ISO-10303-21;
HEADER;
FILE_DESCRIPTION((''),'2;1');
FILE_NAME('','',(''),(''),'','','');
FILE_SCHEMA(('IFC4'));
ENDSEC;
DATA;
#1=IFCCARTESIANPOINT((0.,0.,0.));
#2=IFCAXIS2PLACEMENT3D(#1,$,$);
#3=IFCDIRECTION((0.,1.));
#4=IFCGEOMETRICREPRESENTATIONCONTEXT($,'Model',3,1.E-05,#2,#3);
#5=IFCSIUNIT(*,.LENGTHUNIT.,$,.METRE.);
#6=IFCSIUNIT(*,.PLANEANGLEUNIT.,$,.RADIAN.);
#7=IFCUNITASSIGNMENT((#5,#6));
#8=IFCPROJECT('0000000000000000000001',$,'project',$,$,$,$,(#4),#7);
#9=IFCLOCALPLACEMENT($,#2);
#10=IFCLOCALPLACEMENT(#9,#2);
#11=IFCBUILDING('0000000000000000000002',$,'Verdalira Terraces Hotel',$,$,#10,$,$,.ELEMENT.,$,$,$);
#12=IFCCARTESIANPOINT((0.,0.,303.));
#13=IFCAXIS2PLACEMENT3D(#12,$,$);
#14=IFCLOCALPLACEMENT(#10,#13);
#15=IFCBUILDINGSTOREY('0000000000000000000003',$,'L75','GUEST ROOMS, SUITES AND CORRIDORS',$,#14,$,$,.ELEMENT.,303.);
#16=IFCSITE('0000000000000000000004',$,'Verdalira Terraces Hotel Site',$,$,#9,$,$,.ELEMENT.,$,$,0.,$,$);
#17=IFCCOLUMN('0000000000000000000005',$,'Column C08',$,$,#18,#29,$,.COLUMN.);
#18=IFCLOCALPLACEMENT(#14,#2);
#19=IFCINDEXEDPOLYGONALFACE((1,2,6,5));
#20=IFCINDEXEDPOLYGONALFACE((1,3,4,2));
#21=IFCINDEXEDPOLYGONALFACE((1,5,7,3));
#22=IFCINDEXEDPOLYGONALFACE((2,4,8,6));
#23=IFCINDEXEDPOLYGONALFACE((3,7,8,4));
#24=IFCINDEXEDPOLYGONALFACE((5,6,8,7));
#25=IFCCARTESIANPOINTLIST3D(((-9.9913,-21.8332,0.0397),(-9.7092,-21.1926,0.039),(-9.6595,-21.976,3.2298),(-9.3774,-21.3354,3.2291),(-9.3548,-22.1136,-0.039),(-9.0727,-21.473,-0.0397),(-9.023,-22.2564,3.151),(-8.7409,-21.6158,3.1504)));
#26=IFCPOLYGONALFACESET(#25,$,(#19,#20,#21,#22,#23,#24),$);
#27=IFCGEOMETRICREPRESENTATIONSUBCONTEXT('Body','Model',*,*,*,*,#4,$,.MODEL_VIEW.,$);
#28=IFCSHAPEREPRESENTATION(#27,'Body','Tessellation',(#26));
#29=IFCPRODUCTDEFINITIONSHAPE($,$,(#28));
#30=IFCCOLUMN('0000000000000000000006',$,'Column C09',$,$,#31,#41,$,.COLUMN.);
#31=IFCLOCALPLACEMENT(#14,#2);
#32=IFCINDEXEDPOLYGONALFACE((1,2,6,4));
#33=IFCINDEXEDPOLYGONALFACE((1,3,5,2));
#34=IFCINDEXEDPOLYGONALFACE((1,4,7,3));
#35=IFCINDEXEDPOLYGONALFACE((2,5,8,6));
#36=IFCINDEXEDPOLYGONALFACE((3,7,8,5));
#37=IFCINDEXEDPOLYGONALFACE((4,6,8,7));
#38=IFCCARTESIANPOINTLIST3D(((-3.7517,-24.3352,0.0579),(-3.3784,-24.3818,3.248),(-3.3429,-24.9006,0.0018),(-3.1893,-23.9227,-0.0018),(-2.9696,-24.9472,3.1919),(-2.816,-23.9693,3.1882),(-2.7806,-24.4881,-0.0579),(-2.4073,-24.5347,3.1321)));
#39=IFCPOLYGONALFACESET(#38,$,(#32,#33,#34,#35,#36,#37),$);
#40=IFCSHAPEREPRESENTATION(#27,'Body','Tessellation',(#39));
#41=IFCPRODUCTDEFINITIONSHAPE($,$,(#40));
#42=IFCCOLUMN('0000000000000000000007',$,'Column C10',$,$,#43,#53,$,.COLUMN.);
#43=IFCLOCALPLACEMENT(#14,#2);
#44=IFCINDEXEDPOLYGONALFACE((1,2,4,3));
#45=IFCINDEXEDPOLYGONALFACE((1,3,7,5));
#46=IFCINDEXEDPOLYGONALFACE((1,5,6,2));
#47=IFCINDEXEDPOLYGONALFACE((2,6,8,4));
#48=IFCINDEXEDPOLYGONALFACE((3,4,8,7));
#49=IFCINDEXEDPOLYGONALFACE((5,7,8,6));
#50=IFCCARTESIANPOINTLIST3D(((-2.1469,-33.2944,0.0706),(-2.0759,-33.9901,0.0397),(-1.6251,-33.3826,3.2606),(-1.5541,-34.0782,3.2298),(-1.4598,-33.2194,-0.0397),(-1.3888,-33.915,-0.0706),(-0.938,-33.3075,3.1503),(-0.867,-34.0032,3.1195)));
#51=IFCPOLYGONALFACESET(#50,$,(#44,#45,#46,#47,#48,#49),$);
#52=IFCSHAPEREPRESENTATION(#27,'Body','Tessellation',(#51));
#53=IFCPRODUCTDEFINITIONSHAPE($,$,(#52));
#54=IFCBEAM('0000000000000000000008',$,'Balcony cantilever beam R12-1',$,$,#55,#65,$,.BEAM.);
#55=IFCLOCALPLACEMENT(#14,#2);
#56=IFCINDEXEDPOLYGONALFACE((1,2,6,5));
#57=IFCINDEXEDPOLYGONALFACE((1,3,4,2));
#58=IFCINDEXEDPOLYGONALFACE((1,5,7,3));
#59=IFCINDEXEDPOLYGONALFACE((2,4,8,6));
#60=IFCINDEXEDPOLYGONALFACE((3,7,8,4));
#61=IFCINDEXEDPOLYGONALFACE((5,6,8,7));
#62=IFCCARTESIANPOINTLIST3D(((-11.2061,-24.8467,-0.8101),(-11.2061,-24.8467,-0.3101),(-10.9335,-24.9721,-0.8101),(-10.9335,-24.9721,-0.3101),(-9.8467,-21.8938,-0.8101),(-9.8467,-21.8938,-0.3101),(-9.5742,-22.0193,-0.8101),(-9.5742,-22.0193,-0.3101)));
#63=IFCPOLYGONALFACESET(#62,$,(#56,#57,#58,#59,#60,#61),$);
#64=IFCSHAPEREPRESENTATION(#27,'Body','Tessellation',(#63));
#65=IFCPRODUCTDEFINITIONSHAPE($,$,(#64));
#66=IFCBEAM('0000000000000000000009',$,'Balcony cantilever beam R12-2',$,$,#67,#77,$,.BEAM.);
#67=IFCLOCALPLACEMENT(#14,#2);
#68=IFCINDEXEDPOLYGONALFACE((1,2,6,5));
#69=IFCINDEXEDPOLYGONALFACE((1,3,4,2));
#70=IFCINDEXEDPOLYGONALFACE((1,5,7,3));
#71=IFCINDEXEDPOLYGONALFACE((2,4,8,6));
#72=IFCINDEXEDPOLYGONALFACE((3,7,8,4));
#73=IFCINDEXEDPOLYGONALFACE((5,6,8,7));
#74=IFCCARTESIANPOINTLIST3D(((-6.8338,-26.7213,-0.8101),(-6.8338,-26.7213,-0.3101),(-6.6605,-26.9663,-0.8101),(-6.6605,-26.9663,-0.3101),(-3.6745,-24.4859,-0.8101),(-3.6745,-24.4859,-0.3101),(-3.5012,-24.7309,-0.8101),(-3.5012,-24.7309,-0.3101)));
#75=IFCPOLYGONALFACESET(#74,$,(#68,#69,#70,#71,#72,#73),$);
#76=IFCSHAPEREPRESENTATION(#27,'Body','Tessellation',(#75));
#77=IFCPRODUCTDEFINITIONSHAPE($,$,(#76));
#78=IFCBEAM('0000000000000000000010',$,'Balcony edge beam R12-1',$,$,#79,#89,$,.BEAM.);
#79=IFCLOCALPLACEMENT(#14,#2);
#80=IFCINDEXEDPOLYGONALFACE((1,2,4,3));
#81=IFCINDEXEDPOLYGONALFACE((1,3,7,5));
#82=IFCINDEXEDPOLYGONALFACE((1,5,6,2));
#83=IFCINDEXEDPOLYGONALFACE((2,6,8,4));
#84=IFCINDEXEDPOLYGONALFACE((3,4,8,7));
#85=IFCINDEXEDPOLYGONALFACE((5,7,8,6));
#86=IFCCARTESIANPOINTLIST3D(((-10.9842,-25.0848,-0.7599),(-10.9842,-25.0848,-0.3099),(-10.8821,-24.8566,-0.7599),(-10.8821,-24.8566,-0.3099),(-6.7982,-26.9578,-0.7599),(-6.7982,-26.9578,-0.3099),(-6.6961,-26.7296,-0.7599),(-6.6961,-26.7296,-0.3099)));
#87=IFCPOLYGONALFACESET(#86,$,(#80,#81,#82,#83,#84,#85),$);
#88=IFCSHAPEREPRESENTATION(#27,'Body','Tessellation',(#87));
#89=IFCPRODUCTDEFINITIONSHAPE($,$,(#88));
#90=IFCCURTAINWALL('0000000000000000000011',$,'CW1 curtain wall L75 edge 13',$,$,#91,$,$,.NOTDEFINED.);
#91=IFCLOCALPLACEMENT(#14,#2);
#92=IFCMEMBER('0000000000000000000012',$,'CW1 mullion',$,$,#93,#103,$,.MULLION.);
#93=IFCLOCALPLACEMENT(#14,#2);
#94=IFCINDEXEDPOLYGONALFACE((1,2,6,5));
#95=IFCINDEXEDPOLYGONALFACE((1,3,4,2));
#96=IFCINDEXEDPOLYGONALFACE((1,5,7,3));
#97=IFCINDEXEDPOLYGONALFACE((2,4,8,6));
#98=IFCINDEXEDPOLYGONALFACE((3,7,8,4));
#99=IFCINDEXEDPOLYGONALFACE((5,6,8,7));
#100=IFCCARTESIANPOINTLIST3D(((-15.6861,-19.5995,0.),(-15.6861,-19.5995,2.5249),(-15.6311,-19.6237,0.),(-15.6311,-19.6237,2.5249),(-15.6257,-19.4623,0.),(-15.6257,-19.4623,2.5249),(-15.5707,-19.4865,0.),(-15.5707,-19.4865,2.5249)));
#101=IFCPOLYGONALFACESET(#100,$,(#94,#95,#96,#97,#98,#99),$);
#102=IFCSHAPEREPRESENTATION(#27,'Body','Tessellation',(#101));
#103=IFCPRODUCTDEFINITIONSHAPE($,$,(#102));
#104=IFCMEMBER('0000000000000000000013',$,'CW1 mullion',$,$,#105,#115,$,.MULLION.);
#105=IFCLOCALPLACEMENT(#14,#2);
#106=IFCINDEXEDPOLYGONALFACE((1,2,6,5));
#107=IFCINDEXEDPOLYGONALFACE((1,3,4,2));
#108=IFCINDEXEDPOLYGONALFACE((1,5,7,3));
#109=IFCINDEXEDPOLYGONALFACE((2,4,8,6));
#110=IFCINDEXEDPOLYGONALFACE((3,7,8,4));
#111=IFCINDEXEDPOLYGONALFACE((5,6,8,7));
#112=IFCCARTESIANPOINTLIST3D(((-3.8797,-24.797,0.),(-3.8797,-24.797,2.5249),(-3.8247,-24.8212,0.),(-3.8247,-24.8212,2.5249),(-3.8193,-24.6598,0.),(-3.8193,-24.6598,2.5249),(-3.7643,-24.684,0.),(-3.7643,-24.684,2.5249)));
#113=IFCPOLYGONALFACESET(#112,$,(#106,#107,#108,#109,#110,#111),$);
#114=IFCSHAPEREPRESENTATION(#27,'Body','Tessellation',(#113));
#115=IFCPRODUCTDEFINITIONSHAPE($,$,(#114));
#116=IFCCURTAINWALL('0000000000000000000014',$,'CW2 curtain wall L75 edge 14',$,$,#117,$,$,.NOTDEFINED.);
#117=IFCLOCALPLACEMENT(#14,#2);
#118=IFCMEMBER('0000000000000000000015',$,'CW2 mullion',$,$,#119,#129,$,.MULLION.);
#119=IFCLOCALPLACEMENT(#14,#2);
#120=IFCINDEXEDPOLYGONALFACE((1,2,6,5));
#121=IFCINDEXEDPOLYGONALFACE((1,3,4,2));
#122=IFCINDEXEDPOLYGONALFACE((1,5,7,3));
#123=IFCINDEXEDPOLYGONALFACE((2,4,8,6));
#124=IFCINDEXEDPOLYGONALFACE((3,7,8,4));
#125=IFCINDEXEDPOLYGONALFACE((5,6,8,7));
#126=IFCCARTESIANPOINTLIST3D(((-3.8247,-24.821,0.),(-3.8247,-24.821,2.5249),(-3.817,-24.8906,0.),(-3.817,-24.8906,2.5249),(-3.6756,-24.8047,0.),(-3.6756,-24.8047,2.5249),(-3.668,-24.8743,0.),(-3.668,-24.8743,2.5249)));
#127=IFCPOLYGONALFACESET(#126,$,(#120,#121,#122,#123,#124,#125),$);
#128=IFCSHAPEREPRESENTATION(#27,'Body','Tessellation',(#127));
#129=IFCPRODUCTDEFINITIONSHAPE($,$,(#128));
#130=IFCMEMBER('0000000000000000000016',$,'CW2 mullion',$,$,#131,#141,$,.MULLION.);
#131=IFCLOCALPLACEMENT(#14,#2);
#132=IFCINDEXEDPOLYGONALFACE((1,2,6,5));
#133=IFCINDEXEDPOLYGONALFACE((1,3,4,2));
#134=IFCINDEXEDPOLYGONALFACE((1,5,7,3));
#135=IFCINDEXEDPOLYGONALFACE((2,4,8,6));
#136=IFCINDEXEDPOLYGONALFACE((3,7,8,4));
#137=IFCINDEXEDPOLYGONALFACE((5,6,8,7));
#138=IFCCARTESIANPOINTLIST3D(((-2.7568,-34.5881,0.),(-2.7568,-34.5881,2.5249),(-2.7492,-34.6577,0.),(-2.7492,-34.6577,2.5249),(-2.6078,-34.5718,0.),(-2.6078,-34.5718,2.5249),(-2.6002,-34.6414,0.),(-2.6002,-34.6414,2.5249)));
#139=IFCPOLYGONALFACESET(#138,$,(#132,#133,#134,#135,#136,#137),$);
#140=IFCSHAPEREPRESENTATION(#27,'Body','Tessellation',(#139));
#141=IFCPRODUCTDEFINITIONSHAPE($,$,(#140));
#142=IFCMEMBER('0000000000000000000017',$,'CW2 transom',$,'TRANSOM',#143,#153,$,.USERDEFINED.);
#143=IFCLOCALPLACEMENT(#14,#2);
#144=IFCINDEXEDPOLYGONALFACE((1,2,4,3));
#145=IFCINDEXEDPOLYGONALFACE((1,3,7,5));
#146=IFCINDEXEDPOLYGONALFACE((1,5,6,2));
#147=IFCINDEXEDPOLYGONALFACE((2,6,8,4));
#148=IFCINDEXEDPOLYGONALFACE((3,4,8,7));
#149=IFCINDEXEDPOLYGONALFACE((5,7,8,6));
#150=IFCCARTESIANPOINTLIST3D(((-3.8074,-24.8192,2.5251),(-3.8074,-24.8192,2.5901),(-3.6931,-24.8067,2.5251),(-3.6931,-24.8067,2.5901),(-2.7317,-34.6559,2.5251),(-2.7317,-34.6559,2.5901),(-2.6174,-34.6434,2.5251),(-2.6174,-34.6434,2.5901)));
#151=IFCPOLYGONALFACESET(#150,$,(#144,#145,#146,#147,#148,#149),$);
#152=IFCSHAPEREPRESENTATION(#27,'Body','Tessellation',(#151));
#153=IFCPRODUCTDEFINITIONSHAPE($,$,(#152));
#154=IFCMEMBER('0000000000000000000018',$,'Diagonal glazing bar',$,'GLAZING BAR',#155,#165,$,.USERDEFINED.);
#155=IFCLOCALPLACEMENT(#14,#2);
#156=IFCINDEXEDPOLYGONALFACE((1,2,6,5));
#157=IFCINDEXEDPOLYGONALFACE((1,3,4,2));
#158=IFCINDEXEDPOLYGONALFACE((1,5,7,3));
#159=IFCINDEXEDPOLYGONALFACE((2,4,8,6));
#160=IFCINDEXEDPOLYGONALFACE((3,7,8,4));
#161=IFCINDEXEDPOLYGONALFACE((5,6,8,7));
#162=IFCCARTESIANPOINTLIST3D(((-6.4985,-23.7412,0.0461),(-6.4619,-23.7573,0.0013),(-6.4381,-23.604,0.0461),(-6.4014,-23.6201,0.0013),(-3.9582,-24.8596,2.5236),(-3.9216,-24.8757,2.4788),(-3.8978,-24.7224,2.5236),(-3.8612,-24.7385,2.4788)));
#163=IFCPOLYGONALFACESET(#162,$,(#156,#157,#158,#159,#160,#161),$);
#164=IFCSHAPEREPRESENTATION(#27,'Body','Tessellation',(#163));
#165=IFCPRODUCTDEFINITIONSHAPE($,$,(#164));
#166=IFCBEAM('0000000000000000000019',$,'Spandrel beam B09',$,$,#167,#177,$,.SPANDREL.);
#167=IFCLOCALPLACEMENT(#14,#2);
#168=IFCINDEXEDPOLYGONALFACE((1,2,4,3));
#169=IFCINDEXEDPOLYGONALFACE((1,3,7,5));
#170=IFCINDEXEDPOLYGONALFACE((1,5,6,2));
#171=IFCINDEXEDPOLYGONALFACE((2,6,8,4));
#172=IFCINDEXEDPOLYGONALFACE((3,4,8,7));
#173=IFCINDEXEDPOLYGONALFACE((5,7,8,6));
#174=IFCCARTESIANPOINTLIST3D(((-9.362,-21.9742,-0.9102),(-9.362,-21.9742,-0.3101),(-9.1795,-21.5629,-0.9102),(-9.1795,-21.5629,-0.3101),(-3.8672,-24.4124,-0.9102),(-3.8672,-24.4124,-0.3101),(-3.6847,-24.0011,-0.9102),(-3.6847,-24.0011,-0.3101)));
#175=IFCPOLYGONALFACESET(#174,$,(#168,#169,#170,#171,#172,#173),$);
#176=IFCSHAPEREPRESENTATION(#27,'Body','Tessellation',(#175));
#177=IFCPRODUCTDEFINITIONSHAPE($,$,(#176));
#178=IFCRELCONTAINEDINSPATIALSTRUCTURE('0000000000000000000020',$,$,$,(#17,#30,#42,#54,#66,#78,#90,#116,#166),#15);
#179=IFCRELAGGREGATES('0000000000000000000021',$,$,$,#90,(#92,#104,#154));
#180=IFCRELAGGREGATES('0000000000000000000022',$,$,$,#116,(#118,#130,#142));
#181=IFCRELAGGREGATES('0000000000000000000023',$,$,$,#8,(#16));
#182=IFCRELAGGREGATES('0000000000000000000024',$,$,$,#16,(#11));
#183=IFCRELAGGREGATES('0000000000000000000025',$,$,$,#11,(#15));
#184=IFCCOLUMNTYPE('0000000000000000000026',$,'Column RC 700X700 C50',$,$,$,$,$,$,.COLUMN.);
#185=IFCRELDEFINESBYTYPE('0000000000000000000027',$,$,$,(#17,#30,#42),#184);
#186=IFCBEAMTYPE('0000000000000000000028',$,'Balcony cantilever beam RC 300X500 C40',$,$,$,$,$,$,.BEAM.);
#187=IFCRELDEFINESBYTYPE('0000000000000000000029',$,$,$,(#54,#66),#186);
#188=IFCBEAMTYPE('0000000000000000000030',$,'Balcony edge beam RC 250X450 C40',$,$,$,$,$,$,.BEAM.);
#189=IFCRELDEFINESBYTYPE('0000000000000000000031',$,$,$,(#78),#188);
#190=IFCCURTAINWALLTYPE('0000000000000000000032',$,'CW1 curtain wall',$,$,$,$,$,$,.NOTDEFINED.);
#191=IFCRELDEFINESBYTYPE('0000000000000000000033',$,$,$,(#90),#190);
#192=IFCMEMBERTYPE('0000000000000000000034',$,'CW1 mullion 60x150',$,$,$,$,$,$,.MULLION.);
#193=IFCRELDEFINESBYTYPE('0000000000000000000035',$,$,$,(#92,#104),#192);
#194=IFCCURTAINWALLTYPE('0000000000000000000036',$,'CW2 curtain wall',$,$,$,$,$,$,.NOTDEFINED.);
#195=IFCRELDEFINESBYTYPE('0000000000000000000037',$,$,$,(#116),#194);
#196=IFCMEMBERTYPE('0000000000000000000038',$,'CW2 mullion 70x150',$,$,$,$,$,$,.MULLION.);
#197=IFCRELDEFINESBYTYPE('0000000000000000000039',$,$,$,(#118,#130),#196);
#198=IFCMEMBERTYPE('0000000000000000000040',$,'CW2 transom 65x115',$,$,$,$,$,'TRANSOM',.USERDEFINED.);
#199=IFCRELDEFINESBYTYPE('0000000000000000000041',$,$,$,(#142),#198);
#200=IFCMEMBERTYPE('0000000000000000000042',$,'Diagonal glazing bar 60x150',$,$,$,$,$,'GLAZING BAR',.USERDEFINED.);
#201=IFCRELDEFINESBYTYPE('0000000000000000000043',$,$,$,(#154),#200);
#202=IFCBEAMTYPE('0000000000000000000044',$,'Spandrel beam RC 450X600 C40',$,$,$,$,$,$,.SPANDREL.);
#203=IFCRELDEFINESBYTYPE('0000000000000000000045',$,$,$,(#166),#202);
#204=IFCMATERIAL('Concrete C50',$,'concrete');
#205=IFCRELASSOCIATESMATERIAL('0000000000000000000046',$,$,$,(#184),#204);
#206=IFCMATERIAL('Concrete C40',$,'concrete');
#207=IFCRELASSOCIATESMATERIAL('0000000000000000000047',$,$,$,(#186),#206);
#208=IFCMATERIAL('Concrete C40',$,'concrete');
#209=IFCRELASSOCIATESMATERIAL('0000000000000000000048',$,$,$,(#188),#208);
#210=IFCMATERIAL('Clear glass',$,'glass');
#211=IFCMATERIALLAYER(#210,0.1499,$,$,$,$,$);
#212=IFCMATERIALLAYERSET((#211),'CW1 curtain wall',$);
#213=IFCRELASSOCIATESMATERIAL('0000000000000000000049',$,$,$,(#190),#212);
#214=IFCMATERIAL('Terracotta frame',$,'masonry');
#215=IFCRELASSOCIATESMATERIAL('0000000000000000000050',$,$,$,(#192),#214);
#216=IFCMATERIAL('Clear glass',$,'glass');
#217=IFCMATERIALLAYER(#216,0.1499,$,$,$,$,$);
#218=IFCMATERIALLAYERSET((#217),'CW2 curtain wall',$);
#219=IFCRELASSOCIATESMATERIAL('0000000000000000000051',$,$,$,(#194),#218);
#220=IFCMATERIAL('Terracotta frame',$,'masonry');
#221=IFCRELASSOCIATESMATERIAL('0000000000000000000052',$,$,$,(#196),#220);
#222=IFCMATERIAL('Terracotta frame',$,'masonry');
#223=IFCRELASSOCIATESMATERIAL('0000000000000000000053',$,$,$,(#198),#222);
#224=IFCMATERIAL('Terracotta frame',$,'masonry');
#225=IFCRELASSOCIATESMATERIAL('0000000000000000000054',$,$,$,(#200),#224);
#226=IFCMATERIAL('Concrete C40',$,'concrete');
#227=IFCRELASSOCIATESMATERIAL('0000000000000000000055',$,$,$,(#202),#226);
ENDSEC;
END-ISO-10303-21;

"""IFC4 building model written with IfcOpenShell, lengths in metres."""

from ifc_helpers import new_model, si_unit, direction, frame, origin, origin_2d, place, context, subcontext, project, spatial, rectangle, extrude, material, layer, layer_set, material_profile, profile_set, type_object, element, aggregate, save


model = new_model("IFC4")

# Units and contexts
model_context = context("Model", 3, precision=1e-05, world=origin(), true_north=direction((0.0, 1.0)))
body_context = subcontext(model_context, "Body", "Model", "MODEL_VIEW")
ifc_project = project(units=[si_unit("LENGTHUNIT", "METRE"), si_unit("PLANEANGLEUNIT", "RADIAN")], contexts=[model_context])

# Site, building, storey
site_placement = place(None, origin())
site = spatial("IfcSite", under=ifc_project, at=site_placement, Name="Verdalira Terraces Hotel Site", CompositionType="ELEMENT", RefElevation=0.0)
building_placement = place(site_placement, origin())
building = spatial("IfcBuilding", under=site, at=building_placement, Name="Verdalira Terraces Hotel", CompositionType="ELEMENT")
storey_placement = place(building_placement, frame((0.0, 0.0, 303.0)))
storey = spatial("IfcBuildingStorey", under=building, at=storey_placement, Name="L75", Description="GUEST ROOMS, SUITES AND CORRIDORS", CompositionType="ELEMENT", Elevation=303.0)

# Columns
ifc_material_1 = material(Name="Concrete C50", Category="concrete")
ifc_material_profile_1 = material_profile(ifc_material_1, rectangle(XDim=0.7, YDim=0.7, at=origin_2d()), Name="RC 700X700")
ifc_profile_set_1 = profile_set([ifc_material_profile_1], Name="Concrete C50")
column_type = type_object("IfcColumnType", Name="Column RC 700X700 C50", PredefinedType="COLUMN", material=ifc_profile_set_1)
column_1_placement = place(storey_placement, frame((-9.532, -21.6531, 0.0), z_axis=(0.10335, -0.044488, 0.99365), x_axis=(0.909316, -0.400607, -0.112515)))
element("IfcColumn", 1, at=column_1_placement, inside=storey, type_object=column_type, Name="Column C08", PredefinedType="COLUMN", context=body_context, shape_type="SweptSolid", body=[
    extrude(rectangle(XDim=0.7, YDim=0.7, at=origin_2d()), origin(), (0.0, 0.0, 1.0), 3.2104),
])
column_2_placement = place(storey_placement, frame((-3.2661, -24.4116, 0.0), z_axis=(0.116216, -0.014517, 0.993118), x_axis=(-0.583994, 0.807792, 0.080148)))
element("IfcColumn", 2, at=column_2_placement, inside=storey, type_object=column_type, Name="Column C09", PredefinedType="COLUMN", context=body_context, shape_type="SweptSolid", body=[
    extrude(rectangle(XDim=0.7, YDim=0.7, at=origin_2d()), origin(), (0.0, 0.0, 1.0), 3.2122),
])
column_3_placement = place(storey_placement, frame((-1.7678, -33.6047, 0.0), z_axis=(0.16135, -0.027257, 0.986521), x_axis=(0.101458, -0.993864, -0.044053)))
element("IfcColumn", 3, at=column_3_placement, inside=storey, type_object=column_type, Name="Column C10", PredefinedType="COLUMN", context=body_context, shape_type="SweptSolid", body=[
    extrude(rectangle(XDim=0.7, YDim=0.7, at=origin_2d()), origin(), (0.0, 0.0, 1.0), 3.2336),
])

# Beams
ifc_material_2 = material(Name="Concrete C40", Category="concrete")
ifc_material_profile_2 = material_profile(ifc_material_2, rectangle(XDim=0.3, YDim=0.5, at=origin_2d()), Name="RC 300X500")
ifc_profile_set_2 = profile_set([ifc_material_profile_2], Name="Concrete C40")
beam_type_1 = type_object("IfcBeamType", Name="Balcony cantilever beam RC 300X500 C40", PredefinedType="BEAM", material=ifc_profile_set_2)
beam_1_placement = place(storey_placement, frame((-9.7104, -21.9565, -0.5601), z_axis=(-0.418172, -0.908368, 0.0), x_axis=(0.908368, -0.418172, 0.0)))
element("IfcBeam", 4, at=beam_1_placement, inside=storey, type_object=beam_type_1, Name="Balcony cantilever beam R12-1", PredefinedType="BEAM", context=body_context, shape_type="SweptSolid", body=[
    extrude(rectangle(XDim=0.3, YDim=0.5, at=origin_2d()), origin(), (0.0, 0.0, 1.0), 3.2507),
])
beam_2_placement = place(storey_placement, frame((-3.5879, -24.6084, -0.5601), z_axis=(-0.816317, -0.577604, 0.0), x_axis=(0.577604, -0.816317, 0.0)))
element("IfcBeam", 5, at=beam_2_placement, inside=storey, type_object=beam_type_1, Name="Balcony cantilever beam R12-2", PredefinedType="BEAM", context=body_context, shape_type="SweptSolid", body=[
    extrude(rectangle(XDim=0.3, YDim=0.5, at=origin_2d()), origin(), (0.0, 0.0, 1.0), 3.8701),
])
ifc_material_3 = material(Name="Concrete C40", Category="concrete")
ifc_material_profile_3 = material_profile(ifc_material_3, rectangle(XDim=0.25, YDim=0.45, at=origin_2d()), Name="RC 250X450")
ifc_profile_set_3 = profile_set([ifc_material_profile_3], Name="Concrete C40")
beam_type_2 = type_object("IfcBeamType", Name="Balcony edge beam RC 250X450 C40", PredefinedType="BEAM", material=ifc_profile_set_3)
beam_3_placement = place(storey_placement, frame((-10.9331, -24.9707, -0.5349), z_axis=(0.91279, -0.408429, 0.0), x_axis=(0.408429, 0.91279, 0.0)))
element("IfcBeam", 6, at=beam_3_placement, inside=storey, type_object=beam_type_2, Name="Balcony edge beam R12-1", PredefinedType="BEAM", context=body_context, shape_type="SweptSolid", body=[
    extrude(rectangle(XDim=0.25, YDim=0.45, at=origin_2d()), origin(), (0.0, 0.0, 1.0), 4.5859),
])

# Curtain walls, members
ifc_material_4 = material(Name="Clear glass", Category="glass")
ifc_layer_1 = layer(ifc_material_4, 0.1499)
ifc_layer_set_1 = layer_set([ifc_layer_1], Name="CW1 curtain wall")
curtain_wall_type_1 = type_object("IfcCurtainWallType", Name="CW1 curtain wall", PredefinedType="NOTDEFINED", material=ifc_layer_set_1)
curtain_wall_1_placement = place(storey_placement, origin())
curtain_wall_1 = element("IfcCurtainWall", 7, at=curtain_wall_1_placement, inside=storey, type_object=curtain_wall_type_1, Name="CW1 curtain wall L75 edge 13", PredefinedType="NOTDEFINED")
ifc_material_5 = material(Name="Terracotta frame", Category="masonry")
ifc_material_profile_4 = material_profile(ifc_material_5, rectangle(XDim=0.0601, YDim=0.1499, at=origin_2d()), Name="MU 60x150")
ifc_profile_set_4 = profile_set([ifc_material_profile_4], Name="Terracotta frame")
member_type_1 = type_object("IfcMemberType", Name="CW1 mullion 60x150", PredefinedType="MULLION", material=ifc_profile_set_4)
member_1_placement = place(storey_placement, frame((-15.6284, -19.543, 0.0), z_axis=(0.0, 0.0, 1.0), x_axis=(0.915241, -0.402906, 0.0)))
member_1 = element("IfcMember", 8, at=member_1_placement, type_object=member_type_1, Name="CW1 mullion", PredefinedType="MULLION", context=body_context, shape_type="SweptSolid", body=[
    extrude(rectangle(XDim=0.0601, YDim=0.1499, at=origin_2d()), origin(), (0.0, 0.0, 1.0), 2.5249),
])
member_2_placement = place(storey_placement, frame((-3.822, -24.7405, 0.0), z_axis=(0.0, 0.0, 1.0), x_axis=(0.915241, -0.402906, 0.0)))
member_2 = element("IfcMember", 9, at=member_2_placement, type_object=member_type_1, Name="CW1 mullion", PredefinedType="MULLION", context=body_context, shape_type="SweptSolid", body=[
    extrude(rectangle(XDim=0.0601, YDim=0.1499, at=origin_2d()), origin(), (0.0, 0.0, 1.0), 2.5249),
])
ifc_material_6 = material(Name="Clear glass", Category="glass")
ifc_layer_2 = layer(ifc_material_6, 0.1499)
ifc_layer_set_2 = layer_set([ifc_layer_2], Name="CW2 curtain wall")
curtain_wall_type_2 = type_object("IfcCurtainWallType", Name="CW2 curtain wall", PredefinedType="NOTDEFINED", material=ifc_layer_set_2)
curtain_wall_2_placement = place(storey_placement, origin())
curtain_wall_2 = element("IfcCurtainWall", 10, at=curtain_wall_2_placement, inside=storey, type_object=curtain_wall_type_2, Name="CW2 curtain wall L75 edge 14", PredefinedType="NOTDEFINED")
ifc_material_7 = material(Name="Terracotta frame", Category="masonry")
ifc_material_profile_5 = material_profile(ifc_material_7, rectangle(XDim=0.0701, YDim=0.1499, at=origin_2d()), Name="MU 70x150")
ifc_profile_set_5 = profile_set([ifc_material_profile_5], Name="Terracotta frame")
member_type_2 = type_object("IfcMemberType", Name="CW2 mullion 70x150", PredefinedType="MULLION", material=ifc_profile_set_5)
member_3_placement = place(storey_placement, frame((-3.7463, -24.8477, 0.0), z_axis=(0.0, 0.0, 1.0), x_axis=(0.108693, -0.994075, 0.0)))
member_3 = element("IfcMember", 11, at=member_3_placement, type_object=member_type_2, Name="CW2 mullion", PredefinedType="MULLION", context=body_context, shape_type="SweptSolid", body=[
    extrude(rectangle(XDim=0.0701, YDim=0.1499, at=origin_2d()), origin(), (0.0, 0.0, 1.0), 2.5249),
])
member_4_placement = place(storey_placement, frame((-2.6785, -34.6147, 0.0), z_axis=(0.0, 0.0, 1.0), x_axis=(0.108693, -0.994075, 0.0)))
member_4 = element("IfcMember", 12, at=member_4_placement, type_object=member_type_2, Name="CW2 mullion", PredefinedType="MULLION", context=body_context, shape_type="SweptSolid", body=[
    extrude(rectangle(XDim=0.0701, YDim=0.1499, at=origin_2d()), origin(), (0.0, 0.0, 1.0), 2.5249),
])
ifc_material_8 = material(Name="Terracotta frame", Category="masonry")
ifc_material_profile_6 = material_profile(ifc_material_8, rectangle(XDim=0.115, YDim=0.0649, at=origin_2d()), Name="TR 65x115")
ifc_profile_set_6 = profile_set([ifc_material_profile_6], Name="Terracotta frame")
member_type_3 = type_object("IfcMemberType", Name="CW2 transom 65x115", ElementType="TRANSOM", PredefinedType="USERDEFINED", material=ifc_profile_set_6)
member_5_placement = place(storey_placement, frame((-3.7502, -24.813, 2.5576), z_axis=(0.108706, -0.994074, 0.0), x_axis=(0.994074, 0.108706, 0.0)))
member_5 = element("IfcMember", 13, at=member_5_placement, type_object=member_type_3, Name="CW2 transom", ObjectType="TRANSOM", PredefinedType="USERDEFINED", context=body_context, shape_type="SweptSolid", body=[
    extrude(rectangle(XDim=0.115, YDim=0.0649, at=origin_2d()), origin(), (0.0, 0.0, 1.0), 9.8953),
])

# Member
ifc_material_9 = material(Name="Terracotta frame", Category="masonry")
ifc_material_profile_7 = material_profile(ifc_material_9, rectangle(XDim=0.1499, YDim=0.0601, at=origin_2d()), Name="GB 60x150")
ifc_profile_set_7 = profile_set([ifc_material_profile_7], Name="Terracotta frame")
member_type_4 = type_object("IfcMemberType", Name="Diagonal glazing bar 60x150", ElementType="GLAZING BAR", PredefinedType="USERDEFINED", material=ifc_profile_set_7)
member_6_placement = place(storey_placement, frame((-6.45, -23.6807, 0.0237), z_axis=(0.682781, -0.300607, 0.665917), x_axis=(0.402945, 0.915224, 0.0)))
member_6 = element("IfcMember", 14, at=member_6_placement, type_object=member_type_4, Name="Diagonal glazing bar", ObjectType="GLAZING BAR", PredefinedType="USERDEFINED", context=body_context, shape_type="SweptSolid", body=[
    extrude(rectangle(XDim=0.1499, YDim=0.0601, at=origin_2d()), origin(), (0.0, 0.0, 1.0), 3.7205),
])

# Beam
ifc_material_10 = material(Name="Concrete C40", Category="concrete")
ifc_material_profile_8 = material_profile(ifc_material_10, rectangle(XDim=0.45, YDim=0.6001, at=origin_2d()), Name="RC 450X600")
ifc_profile_set_8 = profile_set([ifc_material_profile_8], Name="Concrete C40")
beam_type_3 = type_object("IfcBeamType", Name="Spandrel beam RC 450X600 C40", PredefinedType="SPANDREL", material=ifc_profile_set_8)
beam_4_placement = place(storey_placement, frame((-9.2708, -21.7686, -0.6101), z_axis=(0.914054, -0.405592, 0.0), x_axis=(0.405592, 0.914054, 0.0)))
element("IfcBeam", 15, at=beam_4_placement, inside=storey, type_object=beam_type_3, Name="Spandrel beam B09", PredefinedType="SPANDREL", context=body_context, shape_type="SweptSolid", body=[
    extrude(rectangle(XDim=0.45, YDim=0.6001, at=origin_2d()), origin(), (0.0, 0.0, 1.0), 6.0115),
])

aggregate(curtain_wall_1, [member_1, member_2, member_6])
aggregate(curtain_wall_2, [member_3, member_4, member_5])

save(model, "model.ifc")
